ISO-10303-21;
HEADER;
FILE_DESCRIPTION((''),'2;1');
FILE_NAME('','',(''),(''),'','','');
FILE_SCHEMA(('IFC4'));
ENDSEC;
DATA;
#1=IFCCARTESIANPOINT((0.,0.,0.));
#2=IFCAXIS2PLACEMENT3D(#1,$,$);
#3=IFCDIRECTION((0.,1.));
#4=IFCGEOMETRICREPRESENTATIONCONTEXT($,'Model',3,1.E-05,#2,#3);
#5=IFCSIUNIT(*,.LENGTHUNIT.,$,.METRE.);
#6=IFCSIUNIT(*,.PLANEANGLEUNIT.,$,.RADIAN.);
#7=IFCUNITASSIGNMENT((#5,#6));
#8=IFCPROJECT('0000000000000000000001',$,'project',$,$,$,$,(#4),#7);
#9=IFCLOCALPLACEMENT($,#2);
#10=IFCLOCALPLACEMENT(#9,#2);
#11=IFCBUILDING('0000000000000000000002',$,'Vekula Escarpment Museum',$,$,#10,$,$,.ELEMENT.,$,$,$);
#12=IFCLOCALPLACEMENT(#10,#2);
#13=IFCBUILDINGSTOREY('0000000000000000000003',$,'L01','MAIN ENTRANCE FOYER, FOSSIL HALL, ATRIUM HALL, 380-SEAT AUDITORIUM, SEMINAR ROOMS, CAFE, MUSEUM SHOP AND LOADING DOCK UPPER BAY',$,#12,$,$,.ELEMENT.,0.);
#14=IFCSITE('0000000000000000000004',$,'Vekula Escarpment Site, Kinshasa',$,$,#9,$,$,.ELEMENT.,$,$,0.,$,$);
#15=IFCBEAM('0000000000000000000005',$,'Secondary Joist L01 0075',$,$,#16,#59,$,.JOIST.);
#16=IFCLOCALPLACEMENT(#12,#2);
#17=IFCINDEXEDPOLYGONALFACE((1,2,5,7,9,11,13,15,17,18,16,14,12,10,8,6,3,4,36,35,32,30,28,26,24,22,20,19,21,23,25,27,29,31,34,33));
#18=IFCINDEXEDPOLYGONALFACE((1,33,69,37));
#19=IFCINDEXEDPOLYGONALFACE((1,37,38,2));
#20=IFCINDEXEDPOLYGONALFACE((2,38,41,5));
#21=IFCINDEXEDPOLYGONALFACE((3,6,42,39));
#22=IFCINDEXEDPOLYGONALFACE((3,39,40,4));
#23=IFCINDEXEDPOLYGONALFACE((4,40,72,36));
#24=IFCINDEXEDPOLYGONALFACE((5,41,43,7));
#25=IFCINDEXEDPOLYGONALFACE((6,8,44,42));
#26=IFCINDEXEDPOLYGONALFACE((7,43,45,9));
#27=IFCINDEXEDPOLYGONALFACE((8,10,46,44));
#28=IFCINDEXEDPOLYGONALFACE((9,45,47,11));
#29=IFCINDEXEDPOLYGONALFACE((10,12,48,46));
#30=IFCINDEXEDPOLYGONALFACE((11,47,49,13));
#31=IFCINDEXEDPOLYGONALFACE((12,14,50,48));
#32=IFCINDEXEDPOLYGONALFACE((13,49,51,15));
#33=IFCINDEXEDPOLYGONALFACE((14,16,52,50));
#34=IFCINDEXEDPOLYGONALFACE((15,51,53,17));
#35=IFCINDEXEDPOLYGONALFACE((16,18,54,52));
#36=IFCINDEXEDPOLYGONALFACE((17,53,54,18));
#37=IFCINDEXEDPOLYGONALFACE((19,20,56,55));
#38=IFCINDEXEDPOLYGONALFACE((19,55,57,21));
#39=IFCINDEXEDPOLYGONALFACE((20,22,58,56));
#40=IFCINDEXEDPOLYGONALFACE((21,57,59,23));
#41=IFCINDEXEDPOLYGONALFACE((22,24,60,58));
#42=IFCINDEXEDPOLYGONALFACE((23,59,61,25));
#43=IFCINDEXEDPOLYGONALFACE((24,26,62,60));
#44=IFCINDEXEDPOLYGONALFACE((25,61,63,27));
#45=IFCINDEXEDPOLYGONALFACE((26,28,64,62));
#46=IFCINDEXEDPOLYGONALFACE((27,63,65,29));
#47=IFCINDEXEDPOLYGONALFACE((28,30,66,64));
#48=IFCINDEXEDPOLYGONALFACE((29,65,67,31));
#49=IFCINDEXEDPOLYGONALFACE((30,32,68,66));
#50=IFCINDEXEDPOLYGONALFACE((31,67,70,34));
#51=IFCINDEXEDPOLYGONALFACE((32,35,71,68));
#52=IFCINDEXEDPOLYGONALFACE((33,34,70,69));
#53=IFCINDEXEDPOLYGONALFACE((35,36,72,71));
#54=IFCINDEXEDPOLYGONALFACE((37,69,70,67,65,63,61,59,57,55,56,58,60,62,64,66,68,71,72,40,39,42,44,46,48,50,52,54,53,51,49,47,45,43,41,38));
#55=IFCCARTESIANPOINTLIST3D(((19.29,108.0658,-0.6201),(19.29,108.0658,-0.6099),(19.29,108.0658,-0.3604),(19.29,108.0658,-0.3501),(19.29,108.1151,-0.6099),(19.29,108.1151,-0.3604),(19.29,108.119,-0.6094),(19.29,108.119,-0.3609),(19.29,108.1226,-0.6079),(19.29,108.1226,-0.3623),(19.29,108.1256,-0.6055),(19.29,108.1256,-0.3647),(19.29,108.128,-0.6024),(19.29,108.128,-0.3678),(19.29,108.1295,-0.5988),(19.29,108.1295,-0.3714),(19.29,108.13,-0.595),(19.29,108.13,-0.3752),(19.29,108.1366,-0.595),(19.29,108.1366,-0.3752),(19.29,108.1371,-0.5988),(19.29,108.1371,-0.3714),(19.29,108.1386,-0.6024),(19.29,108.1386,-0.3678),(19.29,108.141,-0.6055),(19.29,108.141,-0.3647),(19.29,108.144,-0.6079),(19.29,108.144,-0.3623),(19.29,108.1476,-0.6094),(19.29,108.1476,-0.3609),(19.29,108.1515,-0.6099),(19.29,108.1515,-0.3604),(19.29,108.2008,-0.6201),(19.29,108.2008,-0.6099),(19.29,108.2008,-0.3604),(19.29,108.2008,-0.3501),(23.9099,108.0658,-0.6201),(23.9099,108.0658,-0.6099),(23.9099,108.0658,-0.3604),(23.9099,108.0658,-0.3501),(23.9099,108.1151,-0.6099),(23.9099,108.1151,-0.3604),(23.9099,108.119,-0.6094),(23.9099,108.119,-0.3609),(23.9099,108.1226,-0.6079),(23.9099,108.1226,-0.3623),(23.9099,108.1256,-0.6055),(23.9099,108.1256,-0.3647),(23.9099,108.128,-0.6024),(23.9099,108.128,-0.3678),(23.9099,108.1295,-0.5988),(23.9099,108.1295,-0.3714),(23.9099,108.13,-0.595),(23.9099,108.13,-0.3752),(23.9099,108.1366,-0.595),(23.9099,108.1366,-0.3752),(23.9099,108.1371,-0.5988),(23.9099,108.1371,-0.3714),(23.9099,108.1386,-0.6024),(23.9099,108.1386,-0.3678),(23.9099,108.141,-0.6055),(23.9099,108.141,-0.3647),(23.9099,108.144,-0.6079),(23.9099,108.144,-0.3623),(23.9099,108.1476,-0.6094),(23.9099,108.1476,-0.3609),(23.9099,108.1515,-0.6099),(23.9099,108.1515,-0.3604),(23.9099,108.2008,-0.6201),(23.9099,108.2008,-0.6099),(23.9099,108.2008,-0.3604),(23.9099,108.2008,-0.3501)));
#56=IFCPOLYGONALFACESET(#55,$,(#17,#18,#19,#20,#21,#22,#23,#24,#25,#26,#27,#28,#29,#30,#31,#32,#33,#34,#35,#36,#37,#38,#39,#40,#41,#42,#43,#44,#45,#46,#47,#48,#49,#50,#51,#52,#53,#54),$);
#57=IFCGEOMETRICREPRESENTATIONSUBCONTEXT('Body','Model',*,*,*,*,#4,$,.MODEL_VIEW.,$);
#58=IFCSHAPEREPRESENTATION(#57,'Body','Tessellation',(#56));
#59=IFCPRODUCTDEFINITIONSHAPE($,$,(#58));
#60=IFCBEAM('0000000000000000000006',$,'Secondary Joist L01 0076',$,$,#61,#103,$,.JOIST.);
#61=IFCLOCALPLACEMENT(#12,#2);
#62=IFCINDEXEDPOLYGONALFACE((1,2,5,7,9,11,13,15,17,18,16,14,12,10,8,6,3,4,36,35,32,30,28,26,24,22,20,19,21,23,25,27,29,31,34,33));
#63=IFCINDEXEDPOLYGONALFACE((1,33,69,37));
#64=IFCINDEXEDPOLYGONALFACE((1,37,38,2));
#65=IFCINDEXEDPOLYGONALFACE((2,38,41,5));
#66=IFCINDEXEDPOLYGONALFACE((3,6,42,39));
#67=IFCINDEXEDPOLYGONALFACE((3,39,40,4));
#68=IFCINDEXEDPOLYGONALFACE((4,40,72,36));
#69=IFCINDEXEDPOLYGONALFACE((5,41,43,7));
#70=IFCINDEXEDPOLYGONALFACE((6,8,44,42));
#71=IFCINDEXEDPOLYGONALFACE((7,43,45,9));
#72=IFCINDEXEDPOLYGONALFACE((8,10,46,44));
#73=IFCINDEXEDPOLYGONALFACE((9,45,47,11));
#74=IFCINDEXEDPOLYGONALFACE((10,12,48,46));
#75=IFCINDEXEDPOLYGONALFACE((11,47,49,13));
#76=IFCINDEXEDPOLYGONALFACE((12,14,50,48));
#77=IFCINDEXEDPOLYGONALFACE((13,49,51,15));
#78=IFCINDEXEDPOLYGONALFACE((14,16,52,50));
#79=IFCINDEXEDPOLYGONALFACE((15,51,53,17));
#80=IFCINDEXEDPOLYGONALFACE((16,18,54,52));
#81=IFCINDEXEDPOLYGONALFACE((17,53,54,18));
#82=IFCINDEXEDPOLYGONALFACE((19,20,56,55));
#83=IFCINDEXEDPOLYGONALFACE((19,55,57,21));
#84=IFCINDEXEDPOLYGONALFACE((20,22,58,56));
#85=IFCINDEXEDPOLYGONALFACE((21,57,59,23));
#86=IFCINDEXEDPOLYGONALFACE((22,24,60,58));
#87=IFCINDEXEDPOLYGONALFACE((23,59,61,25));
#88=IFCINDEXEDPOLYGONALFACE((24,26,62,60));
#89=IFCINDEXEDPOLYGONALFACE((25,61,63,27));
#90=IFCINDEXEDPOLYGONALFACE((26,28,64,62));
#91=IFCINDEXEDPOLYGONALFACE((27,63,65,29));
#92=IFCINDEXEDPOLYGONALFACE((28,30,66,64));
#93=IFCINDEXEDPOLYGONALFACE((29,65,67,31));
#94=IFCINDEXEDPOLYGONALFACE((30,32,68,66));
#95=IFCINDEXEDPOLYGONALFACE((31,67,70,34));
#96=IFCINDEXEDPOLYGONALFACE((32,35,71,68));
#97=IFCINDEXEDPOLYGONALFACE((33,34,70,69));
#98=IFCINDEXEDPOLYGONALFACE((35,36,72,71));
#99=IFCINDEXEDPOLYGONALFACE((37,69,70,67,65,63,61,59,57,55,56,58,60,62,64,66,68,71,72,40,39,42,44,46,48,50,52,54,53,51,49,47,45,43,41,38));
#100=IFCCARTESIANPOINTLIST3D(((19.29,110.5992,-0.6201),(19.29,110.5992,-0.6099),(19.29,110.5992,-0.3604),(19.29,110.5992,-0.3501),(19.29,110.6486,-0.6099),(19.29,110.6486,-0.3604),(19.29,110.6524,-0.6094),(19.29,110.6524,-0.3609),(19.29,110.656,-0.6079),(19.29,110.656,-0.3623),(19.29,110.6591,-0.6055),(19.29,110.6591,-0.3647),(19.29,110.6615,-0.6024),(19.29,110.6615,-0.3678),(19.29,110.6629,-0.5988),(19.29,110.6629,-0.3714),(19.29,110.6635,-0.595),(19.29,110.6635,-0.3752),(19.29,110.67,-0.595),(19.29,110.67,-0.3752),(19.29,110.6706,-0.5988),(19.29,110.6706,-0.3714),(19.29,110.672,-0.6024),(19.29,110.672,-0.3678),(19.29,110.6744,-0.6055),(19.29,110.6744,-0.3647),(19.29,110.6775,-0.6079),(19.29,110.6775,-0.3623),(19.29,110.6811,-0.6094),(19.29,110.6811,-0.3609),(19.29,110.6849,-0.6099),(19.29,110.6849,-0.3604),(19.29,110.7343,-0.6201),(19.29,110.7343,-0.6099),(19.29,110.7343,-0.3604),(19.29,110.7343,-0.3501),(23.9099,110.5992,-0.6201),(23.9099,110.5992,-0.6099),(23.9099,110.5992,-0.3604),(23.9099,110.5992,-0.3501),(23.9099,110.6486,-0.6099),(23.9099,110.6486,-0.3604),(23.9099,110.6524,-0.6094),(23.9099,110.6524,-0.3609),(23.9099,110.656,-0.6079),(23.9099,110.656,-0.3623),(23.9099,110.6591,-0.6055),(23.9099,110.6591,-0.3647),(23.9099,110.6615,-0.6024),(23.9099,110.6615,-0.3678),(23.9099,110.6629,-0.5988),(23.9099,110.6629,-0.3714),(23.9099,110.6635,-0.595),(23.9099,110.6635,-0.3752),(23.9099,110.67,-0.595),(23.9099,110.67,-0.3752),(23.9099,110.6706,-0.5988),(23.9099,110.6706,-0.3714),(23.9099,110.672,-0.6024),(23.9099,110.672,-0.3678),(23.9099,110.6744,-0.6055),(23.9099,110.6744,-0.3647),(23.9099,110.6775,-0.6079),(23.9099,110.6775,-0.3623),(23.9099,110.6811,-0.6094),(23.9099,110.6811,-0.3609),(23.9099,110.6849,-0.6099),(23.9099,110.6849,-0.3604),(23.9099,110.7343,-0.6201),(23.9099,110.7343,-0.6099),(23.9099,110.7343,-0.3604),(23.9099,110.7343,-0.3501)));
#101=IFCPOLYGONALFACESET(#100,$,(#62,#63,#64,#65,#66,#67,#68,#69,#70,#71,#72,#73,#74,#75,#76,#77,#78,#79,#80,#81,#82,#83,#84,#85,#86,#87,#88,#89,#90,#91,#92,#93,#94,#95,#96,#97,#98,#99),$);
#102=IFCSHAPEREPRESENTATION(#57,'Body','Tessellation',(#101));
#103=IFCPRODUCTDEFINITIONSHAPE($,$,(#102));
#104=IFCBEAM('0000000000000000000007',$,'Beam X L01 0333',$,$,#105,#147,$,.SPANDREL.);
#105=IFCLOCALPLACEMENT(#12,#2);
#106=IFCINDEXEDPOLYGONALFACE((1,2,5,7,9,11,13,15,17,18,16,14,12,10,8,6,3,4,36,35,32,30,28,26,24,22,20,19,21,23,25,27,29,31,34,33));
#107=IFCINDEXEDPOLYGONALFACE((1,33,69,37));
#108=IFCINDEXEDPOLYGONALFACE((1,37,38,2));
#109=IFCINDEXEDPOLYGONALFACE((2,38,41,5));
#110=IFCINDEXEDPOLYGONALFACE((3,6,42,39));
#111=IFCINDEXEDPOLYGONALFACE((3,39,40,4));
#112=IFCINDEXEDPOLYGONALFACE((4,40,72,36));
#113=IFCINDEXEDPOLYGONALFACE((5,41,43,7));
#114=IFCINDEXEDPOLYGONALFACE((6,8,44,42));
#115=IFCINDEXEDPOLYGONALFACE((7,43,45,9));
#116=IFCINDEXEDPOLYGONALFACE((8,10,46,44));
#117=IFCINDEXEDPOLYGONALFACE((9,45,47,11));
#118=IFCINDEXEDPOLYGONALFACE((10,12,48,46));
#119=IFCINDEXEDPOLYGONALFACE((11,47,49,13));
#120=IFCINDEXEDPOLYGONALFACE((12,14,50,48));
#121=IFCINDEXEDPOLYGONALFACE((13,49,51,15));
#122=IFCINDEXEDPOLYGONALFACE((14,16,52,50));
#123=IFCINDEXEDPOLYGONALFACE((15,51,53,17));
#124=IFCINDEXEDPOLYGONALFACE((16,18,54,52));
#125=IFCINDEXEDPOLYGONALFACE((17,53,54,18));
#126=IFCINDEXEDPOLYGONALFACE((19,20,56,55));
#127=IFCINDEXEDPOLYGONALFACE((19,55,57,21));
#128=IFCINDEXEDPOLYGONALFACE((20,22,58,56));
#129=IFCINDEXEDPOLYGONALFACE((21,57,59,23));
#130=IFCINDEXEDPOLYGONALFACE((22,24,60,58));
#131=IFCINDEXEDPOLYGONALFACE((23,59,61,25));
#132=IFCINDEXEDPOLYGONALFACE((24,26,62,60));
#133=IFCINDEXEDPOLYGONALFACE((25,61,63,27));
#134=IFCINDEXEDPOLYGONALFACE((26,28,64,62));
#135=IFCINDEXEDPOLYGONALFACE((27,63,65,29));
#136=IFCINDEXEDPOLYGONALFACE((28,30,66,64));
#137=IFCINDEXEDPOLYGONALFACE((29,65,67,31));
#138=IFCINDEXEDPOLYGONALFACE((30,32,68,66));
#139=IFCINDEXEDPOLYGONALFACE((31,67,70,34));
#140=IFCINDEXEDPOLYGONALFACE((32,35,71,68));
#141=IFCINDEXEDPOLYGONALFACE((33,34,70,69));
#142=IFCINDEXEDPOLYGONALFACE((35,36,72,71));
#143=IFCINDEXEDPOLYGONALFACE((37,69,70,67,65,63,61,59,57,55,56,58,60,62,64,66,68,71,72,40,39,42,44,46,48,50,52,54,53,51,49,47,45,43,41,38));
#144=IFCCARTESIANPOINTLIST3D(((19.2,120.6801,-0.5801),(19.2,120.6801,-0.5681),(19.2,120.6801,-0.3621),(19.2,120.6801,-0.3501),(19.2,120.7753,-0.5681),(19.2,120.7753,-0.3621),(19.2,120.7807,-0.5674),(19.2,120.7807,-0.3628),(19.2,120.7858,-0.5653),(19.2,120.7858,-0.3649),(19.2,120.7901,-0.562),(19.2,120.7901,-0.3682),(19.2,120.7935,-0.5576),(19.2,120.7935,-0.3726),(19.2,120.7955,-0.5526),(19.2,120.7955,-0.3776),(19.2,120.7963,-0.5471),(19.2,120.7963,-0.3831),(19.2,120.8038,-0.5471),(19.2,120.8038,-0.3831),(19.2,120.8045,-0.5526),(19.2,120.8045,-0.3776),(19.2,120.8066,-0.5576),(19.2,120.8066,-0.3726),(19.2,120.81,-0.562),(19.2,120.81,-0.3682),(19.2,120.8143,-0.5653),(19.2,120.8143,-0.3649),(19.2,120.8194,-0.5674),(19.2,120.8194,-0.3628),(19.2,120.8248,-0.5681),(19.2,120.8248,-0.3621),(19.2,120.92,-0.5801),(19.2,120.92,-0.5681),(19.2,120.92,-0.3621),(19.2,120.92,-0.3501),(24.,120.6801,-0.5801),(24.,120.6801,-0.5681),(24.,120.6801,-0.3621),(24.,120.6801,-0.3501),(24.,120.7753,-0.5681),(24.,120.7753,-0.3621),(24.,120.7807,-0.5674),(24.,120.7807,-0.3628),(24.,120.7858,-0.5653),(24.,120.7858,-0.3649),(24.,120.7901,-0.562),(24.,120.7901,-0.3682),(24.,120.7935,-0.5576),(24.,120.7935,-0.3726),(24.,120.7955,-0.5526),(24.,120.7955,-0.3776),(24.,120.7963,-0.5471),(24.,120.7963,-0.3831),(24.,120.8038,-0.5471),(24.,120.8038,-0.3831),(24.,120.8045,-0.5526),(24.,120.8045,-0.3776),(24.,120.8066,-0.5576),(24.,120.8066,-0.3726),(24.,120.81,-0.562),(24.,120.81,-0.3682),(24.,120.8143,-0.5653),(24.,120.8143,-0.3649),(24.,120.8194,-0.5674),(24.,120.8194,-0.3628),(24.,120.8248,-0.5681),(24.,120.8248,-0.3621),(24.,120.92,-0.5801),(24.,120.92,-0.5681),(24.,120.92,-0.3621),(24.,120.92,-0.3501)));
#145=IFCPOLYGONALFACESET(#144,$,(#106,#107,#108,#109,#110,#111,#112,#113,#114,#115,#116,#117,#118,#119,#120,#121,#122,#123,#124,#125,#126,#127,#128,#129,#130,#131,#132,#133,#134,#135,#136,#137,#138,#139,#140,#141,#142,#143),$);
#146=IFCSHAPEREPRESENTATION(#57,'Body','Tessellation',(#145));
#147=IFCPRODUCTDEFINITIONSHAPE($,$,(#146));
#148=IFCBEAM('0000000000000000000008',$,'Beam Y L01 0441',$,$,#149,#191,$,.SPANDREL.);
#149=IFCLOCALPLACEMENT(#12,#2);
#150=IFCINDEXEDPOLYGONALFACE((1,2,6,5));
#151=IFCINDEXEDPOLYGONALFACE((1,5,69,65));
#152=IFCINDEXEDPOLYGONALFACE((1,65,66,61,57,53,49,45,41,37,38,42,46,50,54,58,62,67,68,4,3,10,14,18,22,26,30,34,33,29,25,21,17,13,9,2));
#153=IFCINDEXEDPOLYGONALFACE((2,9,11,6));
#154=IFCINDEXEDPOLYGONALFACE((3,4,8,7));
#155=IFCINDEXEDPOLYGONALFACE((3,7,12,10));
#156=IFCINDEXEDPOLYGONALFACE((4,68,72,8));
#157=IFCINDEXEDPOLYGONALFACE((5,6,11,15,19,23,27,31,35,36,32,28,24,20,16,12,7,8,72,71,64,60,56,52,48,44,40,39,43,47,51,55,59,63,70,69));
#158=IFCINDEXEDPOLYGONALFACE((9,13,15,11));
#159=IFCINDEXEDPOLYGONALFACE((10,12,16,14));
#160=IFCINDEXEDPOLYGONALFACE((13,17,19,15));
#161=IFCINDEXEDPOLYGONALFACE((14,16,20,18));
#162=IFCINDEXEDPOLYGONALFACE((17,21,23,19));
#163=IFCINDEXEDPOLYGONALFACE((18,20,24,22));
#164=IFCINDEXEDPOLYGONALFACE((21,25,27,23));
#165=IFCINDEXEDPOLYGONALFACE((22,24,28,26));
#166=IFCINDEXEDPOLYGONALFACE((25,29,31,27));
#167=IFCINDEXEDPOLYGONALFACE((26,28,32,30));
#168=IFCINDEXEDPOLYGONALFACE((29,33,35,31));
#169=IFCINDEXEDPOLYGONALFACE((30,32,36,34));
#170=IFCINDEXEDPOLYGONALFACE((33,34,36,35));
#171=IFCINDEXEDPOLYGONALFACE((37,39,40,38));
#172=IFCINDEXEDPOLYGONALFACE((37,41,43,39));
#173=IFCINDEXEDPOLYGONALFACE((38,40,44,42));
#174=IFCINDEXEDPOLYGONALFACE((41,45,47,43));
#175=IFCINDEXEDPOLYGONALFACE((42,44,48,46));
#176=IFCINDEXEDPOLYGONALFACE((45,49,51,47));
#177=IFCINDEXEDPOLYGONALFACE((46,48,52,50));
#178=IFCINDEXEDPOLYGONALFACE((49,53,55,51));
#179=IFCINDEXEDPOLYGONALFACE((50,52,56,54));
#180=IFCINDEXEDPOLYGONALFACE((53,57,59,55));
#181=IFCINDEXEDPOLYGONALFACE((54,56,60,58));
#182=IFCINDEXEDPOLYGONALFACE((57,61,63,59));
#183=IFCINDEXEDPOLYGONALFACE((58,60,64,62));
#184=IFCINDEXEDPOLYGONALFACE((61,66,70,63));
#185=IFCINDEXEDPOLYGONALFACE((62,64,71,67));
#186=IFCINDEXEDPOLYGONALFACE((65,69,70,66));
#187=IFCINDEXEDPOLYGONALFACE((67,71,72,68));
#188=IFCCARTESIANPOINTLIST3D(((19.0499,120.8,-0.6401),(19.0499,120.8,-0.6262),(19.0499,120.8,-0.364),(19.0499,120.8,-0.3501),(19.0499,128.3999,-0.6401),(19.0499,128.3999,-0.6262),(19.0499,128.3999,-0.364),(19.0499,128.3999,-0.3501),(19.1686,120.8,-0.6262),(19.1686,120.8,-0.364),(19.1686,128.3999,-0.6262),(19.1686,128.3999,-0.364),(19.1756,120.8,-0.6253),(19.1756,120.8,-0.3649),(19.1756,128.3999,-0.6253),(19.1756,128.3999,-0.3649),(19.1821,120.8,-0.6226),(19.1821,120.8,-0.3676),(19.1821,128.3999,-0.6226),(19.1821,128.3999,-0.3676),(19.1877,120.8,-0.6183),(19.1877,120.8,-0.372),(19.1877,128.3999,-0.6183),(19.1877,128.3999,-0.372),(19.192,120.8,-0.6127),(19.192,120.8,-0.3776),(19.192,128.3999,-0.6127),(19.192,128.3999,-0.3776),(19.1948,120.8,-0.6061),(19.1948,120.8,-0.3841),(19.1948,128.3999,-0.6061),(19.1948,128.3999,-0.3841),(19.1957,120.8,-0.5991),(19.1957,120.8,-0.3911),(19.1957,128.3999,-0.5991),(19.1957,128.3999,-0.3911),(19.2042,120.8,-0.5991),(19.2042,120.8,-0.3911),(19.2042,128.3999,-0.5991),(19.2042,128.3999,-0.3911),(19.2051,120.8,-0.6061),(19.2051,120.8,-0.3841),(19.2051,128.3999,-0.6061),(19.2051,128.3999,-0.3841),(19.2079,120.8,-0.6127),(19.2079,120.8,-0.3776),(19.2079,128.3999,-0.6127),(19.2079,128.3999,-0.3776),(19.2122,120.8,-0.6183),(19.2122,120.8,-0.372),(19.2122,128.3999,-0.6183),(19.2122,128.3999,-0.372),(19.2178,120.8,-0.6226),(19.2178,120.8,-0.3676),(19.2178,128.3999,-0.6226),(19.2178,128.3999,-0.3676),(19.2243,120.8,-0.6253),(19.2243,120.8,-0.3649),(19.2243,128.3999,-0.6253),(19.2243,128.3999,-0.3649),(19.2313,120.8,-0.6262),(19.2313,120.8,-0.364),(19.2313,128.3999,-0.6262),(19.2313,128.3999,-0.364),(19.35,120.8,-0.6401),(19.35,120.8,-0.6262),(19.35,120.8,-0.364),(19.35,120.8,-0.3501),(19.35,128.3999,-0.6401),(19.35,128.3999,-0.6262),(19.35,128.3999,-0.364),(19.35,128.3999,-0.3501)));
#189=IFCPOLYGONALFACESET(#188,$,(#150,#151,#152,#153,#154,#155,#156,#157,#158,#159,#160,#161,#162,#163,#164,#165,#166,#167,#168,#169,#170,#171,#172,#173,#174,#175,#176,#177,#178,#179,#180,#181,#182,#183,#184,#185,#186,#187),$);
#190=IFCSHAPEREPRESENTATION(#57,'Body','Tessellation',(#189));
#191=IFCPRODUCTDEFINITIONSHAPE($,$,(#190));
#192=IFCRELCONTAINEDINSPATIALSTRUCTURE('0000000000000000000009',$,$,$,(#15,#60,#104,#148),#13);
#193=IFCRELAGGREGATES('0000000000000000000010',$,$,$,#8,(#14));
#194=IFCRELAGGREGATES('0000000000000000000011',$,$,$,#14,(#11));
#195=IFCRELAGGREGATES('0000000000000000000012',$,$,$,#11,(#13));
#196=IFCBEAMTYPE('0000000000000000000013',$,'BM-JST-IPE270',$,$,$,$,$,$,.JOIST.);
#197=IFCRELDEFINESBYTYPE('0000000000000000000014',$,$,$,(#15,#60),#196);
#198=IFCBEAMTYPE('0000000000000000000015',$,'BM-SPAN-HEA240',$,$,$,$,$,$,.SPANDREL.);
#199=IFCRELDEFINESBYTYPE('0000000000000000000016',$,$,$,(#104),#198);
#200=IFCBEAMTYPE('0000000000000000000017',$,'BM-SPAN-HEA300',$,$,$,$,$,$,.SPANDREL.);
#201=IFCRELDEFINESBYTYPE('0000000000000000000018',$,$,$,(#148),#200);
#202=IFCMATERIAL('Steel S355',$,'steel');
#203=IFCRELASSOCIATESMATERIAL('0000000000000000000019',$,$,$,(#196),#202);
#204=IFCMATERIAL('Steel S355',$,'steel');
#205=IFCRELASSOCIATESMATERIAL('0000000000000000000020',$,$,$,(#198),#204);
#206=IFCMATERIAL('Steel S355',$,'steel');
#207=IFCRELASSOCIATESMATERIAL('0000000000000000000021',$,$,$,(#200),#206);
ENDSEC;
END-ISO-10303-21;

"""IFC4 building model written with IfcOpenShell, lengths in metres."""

from ifc_helpers import new_model, si_unit, direction, frame, origin, origin_2d, place, context, subcontext, project, spatial, i_section, extrude, material, material_profile, profile_set, type_object, element, save


model = new_model("IFC4")

# Units and contexts
model_context = context("Model", 3, precision=1e-05, world=origin(), true_north=direction((0.0, 1.0)))
body_context = subcontext(model_context, "Body", "Model", "MODEL_VIEW")
ifc_project = project(units=[si_unit("LENGTHUNIT", "METRE"), si_unit("PLANEANGLEUNIT", "RADIAN")], contexts=[model_context])

# Site, building, storey
site_placement = place(None, origin())
site = spatial("IfcSite", under=ifc_project, at=site_placement, Name="Vekula Escarpment Site, Kinshasa", CompositionType="ELEMENT", RefElevation=0.0)
building_placement = place(site_placement, origin())
building = spatial("IfcBuilding", under=site, at=building_placement, Name="Vekula Escarpment Museum", CompositionType="ELEMENT")
storey_placement = place(building_placement, origin())
storey = spatial("IfcBuildingStorey", under=building, at=storey_placement, Name="L01", Description="MAIN ENTRANCE FOYER, FOSSIL HALL, ATRIUM HALL, 380-SEAT AUDITORIUM, SEMINAR ROOMS, CAFE, MUSEUM SHOP AND LOADING DOCK UPPER BAY", CompositionType="ELEMENT", Elevation=0.0)

# Beams
ifc_material_1 = material(Name="Steel S355", Category="steel")
ifc_material_profile_1 = material_profile(ifc_material_1, i_section(OverallWidth=0.135, OverallDepth=0.27, WebThickness=0.0066, FlangeThickness=0.0103, FilletRadius=0.0149, at=origin_2d()), Name="IPE 270")
ifc_profile_set_1 = profile_set([ifc_material_profile_1], Name="Steel S355")
beam_type_1 = type_object("IfcBeamType", Name="BM-JST-IPE270", PredefinedType="JOIST", material=ifc_profile_set_1)
for number, where, z_axis, x_axis, name in (
    (1, (19.29, 108.1333, -0.4851), (1.0, 0.0, 0.0), (0.0, 1.0, 0.0), "Secondary Joist L01 0075"),
    (2, (19.29, 110.6667, -0.4851), (1.0, 0.0, 0.0), (0.0, 1.0, 0.0), "Secondary Joist L01 0076"),
):
    element("IfcBeam", number, at=place(storey_placement, frame(where, z_axis=z_axis, x_axis=x_axis)), inside=storey, type_object=beam_type_1, Name=name, PredefinedType="JOIST", context=body_context, shape_type="SweptSolid", body=[
        extrude(i_section(OverallWidth=0.135, OverallDepth=0.27, WebThickness=0.0066, FlangeThickness=0.0103, FilletRadius=0.0149, at=origin_2d()), origin(), (0.0, 0.0, 1.0), 4.6199),
    ])
ifc_material_2 = material(Name="Steel S355", Category="steel")
ifc_material_profile_2 = material_profile(ifc_material_2, i_section(OverallWidth=0.24, OverallDepth=0.23, WebThickness=0.0076, FlangeThickness=0.012, FilletRadius=0.021, at=origin_2d()), Name="HEA 240")
ifc_profile_set_2 = profile_set([ifc_material_profile_2], Name="Steel S355")
beam_type_2 = type_object("IfcBeamType", Name="BM-SPAN-HEA240", PredefinedType="SPANDREL", material=ifc_profile_set_2)
beam_1_placement = place(storey_placement, frame((19.2, 120.8, -0.4651), z_axis=(1.0, 0.0, 0.0), x_axis=(0.0, 1.0, 0.0)))
element("IfcBeam", 3, at=beam_1_placement, inside=storey, type_object=beam_type_2, Name="Beam X L01 0333", PredefinedType="SPANDREL", context=body_context, shape_type="SweptSolid", body=[
    extrude(i_section(OverallWidth=0.24, OverallDepth=0.23, WebThickness=0.0076, FlangeThickness=0.012, FilletRadius=0.021, at=origin_2d()), origin(), (0.0, 0.0, 1.0), 4.8),
])
ifc_material_3 = material(Name="Steel S355", Category="steel")
ifc_material_profile_3 = material_profile(ifc_material_3, i_section(OverallWidth=0.3, OverallDepth=0.29, WebThickness=0.0085, FlangeThickness=0.0139, FilletRadius=0.0271, at=origin_2d()), Name="HEA 300")
ifc_profile_set_3 = profile_set([ifc_material_profile_3], Name="Steel S355")
beam_type_3 = type_object("IfcBeamType", Name="BM-SPAN-HEA300", PredefinedType="SPANDREL", material=ifc_profile_set_3)
beam_2_placement = place(storey_placement, frame((19.2, 120.8, -0.4951), z_axis=(0.0, 1.0, 0.0), x_axis=(-1.0, 0.0, 0.0)))
element("IfcBeam", 4, at=beam_2_placement, inside=storey, type_object=beam_type_3, Name="Beam Y L01 0441", PredefinedType="SPANDREL", context=body_context, shape_type="SweptSolid", body=[
    extrude(i_section(OverallWidth=0.3, OverallDepth=0.29, WebThickness=0.0085, FlangeThickness=0.0139, FilletRadius=0.0271, at=origin_2d()), origin(), (0.0, 0.0, 1.0), 7.5999),
])

save(model, "model.ifc")
